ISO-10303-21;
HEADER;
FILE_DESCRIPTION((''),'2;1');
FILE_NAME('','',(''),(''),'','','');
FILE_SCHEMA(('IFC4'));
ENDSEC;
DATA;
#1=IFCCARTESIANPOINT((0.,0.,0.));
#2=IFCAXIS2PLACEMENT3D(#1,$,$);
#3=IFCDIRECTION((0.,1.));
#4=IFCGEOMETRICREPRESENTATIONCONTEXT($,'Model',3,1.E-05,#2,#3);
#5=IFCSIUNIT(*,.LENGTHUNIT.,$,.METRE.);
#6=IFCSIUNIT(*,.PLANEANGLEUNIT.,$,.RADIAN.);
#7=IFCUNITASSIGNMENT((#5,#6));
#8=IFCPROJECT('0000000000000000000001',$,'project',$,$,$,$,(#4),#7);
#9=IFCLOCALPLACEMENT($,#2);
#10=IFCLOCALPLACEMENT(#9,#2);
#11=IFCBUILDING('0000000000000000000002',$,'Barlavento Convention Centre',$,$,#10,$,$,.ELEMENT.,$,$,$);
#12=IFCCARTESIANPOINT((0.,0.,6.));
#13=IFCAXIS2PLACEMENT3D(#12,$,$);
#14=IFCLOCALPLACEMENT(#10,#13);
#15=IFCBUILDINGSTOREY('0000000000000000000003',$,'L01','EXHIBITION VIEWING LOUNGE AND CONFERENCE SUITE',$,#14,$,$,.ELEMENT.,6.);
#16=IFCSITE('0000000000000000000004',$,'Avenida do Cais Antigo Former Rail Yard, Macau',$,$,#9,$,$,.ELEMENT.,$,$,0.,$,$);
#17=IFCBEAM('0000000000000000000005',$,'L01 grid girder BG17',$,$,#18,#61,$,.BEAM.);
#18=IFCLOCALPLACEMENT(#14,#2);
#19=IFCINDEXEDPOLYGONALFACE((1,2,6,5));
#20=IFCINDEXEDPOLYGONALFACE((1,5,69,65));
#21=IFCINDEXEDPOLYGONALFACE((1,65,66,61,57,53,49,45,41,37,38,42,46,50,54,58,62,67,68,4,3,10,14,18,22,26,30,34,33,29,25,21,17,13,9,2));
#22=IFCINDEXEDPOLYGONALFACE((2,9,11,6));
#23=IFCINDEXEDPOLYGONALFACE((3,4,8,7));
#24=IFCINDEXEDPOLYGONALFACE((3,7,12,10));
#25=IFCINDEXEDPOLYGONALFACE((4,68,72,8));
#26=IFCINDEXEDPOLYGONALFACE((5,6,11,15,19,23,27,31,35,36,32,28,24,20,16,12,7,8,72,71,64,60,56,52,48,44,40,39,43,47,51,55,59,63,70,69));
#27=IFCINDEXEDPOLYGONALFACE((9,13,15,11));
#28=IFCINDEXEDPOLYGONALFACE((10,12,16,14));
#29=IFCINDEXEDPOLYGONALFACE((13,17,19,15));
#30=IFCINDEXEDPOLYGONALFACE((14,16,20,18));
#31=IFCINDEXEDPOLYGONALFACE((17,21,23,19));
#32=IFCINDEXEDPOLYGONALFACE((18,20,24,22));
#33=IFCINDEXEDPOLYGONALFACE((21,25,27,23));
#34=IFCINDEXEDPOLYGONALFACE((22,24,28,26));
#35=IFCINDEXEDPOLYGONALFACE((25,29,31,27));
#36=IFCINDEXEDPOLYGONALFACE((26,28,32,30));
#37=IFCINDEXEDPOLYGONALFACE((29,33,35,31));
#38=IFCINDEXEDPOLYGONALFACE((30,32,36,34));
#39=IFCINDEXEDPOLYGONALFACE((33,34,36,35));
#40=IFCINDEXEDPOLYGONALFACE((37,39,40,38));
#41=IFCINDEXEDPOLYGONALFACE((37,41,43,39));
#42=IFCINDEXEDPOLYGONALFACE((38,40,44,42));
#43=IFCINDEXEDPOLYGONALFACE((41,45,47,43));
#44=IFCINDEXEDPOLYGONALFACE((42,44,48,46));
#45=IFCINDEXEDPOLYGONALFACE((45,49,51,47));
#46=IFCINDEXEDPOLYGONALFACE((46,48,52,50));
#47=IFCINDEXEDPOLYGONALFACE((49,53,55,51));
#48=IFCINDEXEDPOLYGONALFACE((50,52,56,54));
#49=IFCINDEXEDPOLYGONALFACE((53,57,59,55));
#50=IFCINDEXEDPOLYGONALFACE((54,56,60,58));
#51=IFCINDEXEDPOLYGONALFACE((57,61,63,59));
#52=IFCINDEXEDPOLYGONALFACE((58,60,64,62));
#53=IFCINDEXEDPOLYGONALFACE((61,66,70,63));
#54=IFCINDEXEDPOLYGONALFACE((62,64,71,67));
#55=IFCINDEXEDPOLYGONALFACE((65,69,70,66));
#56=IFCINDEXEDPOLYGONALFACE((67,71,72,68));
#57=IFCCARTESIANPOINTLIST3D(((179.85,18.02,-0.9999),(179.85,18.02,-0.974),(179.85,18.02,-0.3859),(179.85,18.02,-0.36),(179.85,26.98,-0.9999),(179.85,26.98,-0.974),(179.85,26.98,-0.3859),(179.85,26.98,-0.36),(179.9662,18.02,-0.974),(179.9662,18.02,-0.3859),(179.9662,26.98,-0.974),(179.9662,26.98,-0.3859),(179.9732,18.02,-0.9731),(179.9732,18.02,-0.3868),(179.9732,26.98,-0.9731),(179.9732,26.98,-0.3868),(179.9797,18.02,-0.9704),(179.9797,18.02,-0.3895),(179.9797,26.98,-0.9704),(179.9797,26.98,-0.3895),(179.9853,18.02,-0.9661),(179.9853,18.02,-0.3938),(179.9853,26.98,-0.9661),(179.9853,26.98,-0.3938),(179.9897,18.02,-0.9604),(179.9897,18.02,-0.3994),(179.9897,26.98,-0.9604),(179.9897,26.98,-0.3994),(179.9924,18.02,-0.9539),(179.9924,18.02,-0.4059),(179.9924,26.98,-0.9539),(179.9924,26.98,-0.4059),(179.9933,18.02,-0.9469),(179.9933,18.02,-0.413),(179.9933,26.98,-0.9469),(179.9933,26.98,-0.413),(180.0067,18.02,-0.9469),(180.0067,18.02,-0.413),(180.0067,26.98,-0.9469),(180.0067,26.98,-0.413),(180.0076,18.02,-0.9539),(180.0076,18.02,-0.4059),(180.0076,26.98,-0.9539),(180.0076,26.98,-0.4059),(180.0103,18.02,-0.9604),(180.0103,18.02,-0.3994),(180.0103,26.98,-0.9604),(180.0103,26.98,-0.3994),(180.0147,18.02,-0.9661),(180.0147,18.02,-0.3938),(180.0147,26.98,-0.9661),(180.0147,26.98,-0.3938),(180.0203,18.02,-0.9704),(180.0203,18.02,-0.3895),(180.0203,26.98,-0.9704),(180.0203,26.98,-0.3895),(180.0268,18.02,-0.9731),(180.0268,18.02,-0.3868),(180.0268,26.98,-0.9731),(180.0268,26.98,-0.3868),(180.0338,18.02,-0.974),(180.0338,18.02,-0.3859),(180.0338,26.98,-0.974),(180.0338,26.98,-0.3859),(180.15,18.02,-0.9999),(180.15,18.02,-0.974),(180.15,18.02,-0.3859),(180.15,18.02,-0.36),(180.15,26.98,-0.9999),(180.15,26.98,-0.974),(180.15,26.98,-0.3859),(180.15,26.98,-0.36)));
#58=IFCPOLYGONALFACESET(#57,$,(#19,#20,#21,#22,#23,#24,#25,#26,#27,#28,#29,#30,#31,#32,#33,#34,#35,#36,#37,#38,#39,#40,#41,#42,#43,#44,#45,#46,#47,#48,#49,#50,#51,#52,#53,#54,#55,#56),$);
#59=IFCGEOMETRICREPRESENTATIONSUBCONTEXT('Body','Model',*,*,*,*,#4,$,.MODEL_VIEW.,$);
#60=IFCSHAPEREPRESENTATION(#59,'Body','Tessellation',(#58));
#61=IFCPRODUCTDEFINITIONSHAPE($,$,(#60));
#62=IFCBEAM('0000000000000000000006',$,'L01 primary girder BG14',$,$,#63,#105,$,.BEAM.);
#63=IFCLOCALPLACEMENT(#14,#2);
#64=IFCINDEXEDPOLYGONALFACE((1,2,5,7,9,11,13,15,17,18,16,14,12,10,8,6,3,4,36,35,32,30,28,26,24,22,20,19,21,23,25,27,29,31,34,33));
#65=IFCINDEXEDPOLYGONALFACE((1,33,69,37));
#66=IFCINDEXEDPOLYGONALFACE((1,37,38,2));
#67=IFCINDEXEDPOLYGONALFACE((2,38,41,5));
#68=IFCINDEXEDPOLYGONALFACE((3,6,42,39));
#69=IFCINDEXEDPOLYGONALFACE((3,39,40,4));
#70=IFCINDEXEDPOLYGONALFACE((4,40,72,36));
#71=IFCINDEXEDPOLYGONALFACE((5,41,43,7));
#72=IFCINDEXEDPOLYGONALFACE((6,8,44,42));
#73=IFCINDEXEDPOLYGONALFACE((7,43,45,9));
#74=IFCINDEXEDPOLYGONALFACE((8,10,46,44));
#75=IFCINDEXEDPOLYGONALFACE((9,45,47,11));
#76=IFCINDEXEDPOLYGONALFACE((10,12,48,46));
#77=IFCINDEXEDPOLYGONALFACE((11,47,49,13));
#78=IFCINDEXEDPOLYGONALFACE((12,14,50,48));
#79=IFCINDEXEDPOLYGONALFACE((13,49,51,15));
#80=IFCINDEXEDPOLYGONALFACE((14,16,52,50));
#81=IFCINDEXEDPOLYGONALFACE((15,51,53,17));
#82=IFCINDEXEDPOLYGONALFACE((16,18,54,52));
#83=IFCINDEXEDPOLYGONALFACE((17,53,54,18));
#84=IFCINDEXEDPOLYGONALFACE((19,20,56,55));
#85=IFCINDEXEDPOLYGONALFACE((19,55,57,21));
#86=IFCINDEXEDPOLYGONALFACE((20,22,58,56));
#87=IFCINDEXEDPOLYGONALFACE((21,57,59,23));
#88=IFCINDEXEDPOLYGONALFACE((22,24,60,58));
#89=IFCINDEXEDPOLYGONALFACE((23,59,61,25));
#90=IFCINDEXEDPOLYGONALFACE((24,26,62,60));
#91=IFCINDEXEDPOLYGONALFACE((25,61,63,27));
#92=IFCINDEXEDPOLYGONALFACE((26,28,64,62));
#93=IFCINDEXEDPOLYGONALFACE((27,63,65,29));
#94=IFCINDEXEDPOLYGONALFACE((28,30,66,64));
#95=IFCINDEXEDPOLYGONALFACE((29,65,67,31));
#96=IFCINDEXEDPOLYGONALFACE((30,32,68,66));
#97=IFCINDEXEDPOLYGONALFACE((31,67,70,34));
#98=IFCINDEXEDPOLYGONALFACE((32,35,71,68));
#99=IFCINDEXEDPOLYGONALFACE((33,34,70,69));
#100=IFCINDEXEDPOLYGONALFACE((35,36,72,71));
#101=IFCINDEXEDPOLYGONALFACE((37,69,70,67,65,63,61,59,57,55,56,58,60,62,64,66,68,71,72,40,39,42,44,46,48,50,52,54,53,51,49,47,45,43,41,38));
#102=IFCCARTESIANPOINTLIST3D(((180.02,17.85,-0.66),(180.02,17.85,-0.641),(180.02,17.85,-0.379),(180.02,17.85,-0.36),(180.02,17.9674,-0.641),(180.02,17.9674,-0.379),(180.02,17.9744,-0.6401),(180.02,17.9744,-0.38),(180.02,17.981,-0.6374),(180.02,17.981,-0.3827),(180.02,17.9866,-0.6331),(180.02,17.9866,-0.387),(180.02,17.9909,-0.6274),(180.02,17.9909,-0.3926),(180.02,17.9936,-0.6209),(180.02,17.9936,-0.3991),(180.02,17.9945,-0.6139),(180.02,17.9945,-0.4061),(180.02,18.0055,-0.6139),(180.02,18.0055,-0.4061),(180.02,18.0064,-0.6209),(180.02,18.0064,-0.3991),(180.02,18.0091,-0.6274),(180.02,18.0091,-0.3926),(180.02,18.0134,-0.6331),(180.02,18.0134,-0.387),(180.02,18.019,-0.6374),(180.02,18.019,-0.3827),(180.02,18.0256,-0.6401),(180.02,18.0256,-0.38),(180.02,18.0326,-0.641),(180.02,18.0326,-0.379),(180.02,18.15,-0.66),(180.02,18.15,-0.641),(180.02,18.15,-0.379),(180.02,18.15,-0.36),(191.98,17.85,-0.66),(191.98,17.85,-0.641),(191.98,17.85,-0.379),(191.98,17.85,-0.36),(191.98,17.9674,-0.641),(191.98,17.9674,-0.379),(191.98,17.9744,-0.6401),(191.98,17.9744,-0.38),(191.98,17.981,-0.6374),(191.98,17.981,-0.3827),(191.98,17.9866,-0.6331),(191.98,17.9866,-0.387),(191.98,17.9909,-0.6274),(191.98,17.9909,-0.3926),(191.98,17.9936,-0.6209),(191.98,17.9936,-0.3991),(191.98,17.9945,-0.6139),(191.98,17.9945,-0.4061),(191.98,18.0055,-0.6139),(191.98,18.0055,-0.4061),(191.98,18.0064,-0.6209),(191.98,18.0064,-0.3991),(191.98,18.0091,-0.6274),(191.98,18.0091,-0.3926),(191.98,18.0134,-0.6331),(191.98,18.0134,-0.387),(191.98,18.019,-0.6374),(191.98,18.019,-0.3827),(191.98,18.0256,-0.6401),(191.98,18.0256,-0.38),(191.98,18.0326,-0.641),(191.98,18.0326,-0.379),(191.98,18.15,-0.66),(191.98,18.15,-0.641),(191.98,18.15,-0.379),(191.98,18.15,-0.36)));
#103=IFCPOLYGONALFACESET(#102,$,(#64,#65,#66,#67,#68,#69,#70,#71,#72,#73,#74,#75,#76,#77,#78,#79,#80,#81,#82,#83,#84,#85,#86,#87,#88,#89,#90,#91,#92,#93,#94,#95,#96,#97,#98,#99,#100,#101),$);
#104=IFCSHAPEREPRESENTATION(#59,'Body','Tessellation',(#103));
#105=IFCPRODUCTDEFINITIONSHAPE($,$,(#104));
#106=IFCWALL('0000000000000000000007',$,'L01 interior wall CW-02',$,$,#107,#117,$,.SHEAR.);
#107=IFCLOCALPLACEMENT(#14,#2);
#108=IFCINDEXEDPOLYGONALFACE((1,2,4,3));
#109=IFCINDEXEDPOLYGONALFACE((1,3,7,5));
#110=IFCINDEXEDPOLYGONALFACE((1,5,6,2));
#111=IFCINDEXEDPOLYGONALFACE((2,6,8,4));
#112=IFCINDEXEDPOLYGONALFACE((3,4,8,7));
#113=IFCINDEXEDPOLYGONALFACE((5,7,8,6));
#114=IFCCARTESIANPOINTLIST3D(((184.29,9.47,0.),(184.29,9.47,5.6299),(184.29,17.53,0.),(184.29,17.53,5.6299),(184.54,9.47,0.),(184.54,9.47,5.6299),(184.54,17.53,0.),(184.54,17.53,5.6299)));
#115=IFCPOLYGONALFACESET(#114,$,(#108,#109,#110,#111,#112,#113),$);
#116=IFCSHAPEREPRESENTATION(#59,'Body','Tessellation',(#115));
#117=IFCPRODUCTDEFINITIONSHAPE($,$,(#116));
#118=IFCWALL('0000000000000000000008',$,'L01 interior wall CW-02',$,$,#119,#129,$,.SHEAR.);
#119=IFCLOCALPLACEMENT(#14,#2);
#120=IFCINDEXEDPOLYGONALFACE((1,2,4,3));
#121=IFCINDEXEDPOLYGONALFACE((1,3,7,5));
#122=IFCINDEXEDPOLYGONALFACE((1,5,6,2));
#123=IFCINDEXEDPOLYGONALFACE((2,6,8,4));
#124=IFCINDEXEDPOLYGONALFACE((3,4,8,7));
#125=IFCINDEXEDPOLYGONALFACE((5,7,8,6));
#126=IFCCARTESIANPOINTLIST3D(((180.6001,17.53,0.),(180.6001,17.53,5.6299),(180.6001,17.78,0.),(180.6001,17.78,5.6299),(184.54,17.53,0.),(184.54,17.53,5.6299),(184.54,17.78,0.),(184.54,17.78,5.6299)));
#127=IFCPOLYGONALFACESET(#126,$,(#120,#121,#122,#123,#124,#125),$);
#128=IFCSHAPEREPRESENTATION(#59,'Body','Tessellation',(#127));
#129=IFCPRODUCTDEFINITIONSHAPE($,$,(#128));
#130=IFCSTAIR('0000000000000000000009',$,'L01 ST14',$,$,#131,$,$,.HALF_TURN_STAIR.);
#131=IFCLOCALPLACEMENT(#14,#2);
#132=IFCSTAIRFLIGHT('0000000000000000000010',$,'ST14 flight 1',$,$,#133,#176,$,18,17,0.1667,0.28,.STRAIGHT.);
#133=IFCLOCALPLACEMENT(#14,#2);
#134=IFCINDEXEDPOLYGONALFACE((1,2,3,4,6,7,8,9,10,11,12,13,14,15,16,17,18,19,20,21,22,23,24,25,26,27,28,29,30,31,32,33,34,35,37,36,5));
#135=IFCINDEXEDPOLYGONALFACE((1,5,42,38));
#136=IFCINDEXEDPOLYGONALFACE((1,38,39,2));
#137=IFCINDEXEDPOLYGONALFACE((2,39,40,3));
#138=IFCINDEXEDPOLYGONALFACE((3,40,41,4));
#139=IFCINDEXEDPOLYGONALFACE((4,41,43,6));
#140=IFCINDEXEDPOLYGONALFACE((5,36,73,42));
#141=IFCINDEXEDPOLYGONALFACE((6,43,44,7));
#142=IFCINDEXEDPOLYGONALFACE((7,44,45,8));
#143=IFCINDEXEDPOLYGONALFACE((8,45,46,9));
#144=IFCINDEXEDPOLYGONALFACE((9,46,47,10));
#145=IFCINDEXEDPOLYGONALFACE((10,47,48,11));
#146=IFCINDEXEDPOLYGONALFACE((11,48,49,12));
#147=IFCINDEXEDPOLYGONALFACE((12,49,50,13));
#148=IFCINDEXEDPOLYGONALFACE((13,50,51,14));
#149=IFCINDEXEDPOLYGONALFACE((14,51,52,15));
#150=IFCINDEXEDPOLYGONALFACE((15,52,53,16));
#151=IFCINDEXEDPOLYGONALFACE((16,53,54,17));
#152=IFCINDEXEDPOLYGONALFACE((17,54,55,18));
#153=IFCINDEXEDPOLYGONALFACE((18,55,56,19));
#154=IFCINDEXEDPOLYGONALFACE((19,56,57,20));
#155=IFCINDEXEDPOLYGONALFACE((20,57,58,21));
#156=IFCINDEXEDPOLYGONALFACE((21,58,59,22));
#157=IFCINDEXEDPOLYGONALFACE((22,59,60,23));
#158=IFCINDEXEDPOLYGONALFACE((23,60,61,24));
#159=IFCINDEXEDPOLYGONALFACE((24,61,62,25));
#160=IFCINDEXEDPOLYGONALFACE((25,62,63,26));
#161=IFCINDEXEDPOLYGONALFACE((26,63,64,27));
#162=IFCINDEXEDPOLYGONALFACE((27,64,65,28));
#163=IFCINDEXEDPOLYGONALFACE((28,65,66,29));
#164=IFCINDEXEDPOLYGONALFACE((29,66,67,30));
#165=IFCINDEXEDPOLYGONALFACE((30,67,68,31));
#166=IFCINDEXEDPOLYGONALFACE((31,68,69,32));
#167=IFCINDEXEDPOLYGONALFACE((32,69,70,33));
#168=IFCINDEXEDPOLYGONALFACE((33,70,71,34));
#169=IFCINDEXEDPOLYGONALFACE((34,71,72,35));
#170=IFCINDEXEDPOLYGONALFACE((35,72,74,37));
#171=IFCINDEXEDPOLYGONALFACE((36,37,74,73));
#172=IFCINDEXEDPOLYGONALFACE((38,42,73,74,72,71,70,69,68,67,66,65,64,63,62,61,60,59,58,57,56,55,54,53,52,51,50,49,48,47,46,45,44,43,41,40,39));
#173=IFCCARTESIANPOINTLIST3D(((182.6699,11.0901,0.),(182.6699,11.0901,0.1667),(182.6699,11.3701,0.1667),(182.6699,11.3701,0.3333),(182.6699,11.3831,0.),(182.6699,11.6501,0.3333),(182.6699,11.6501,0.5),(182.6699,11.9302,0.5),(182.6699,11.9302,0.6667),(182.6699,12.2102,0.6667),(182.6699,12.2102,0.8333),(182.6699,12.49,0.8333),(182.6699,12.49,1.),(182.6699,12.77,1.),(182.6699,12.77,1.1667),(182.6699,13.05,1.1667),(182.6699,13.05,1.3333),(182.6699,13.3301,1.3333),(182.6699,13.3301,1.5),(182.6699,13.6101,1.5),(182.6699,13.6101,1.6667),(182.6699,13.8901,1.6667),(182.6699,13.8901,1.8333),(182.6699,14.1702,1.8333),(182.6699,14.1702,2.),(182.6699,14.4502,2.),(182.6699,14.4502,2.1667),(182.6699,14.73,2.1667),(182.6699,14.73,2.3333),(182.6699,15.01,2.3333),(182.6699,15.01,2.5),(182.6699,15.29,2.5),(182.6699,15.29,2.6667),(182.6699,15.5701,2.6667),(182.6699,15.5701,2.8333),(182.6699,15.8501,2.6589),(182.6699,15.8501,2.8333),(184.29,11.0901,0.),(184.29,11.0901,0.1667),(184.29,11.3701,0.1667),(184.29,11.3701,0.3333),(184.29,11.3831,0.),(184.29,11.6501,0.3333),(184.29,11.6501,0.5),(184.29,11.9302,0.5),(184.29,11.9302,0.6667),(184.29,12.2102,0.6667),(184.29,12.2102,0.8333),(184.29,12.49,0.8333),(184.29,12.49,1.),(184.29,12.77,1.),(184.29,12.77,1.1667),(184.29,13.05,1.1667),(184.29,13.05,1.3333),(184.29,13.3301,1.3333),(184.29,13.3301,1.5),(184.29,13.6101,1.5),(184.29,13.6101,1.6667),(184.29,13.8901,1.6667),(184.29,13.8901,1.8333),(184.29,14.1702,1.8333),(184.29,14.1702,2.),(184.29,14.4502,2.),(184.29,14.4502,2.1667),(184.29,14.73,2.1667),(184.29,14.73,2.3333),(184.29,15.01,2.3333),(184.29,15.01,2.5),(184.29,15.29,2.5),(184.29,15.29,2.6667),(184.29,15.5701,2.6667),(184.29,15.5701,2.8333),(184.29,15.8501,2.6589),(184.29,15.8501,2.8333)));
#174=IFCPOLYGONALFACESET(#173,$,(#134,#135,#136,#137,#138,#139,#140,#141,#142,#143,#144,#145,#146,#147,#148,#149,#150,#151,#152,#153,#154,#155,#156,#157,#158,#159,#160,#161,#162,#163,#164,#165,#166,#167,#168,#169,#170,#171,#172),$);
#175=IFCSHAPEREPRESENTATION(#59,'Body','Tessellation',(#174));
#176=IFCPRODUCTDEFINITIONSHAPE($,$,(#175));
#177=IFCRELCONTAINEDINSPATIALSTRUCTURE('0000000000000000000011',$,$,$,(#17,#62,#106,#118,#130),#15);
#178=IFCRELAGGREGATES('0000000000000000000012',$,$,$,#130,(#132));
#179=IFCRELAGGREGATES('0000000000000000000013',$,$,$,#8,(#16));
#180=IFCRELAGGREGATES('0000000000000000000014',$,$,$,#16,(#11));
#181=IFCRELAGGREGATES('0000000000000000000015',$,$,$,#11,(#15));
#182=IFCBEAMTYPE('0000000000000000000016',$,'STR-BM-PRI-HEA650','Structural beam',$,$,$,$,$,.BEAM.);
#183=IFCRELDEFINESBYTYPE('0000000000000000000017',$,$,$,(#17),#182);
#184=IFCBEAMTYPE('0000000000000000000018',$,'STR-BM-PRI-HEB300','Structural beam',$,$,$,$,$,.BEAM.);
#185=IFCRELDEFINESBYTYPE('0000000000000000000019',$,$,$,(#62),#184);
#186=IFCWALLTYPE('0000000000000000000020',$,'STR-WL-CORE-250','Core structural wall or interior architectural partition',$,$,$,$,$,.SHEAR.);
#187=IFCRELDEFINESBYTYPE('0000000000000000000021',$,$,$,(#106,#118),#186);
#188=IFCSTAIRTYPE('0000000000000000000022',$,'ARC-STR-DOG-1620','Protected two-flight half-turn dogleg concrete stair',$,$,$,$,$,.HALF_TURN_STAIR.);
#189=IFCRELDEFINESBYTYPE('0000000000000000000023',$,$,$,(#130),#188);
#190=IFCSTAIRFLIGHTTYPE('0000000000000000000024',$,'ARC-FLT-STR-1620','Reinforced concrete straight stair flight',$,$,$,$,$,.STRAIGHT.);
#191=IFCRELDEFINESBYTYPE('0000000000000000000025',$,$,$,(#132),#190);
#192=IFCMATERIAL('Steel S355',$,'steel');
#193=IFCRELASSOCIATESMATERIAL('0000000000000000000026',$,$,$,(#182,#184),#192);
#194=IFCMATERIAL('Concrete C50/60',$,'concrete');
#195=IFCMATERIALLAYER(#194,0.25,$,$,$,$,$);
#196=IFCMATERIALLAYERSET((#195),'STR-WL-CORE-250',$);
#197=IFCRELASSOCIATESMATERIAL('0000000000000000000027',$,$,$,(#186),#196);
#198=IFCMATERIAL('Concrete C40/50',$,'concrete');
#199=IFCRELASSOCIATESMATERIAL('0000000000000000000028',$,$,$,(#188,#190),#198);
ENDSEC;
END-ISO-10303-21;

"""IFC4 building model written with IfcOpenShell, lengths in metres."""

from ifc_helpers import new_model, si_unit, direction, frame, frame_2d, origin, origin_2d, place, context, subcontext, project, spatial, polyline, rectangle, i_section, outline, extrude, material, layer, layer_set, material_profile, profile_set, type_object, element, aggregate, save


model = new_model("IFC4")

# Units and contexts
model_context = context("Model", 3, precision=1e-05, world=origin(), true_north=direction((0.0, 1.0)))
body_context = subcontext(model_context, "Body", "Model", "MODEL_VIEW")
ifc_project = project(units=[si_unit("LENGTHUNIT", "METRE"), si_unit("PLANEANGLEUNIT", "RADIAN")], contexts=[model_context])

# Site, building, storey
site_placement = place(None, origin())
site = spatial("IfcSite", under=ifc_project, at=site_placement, Name="Avenida do Cais Antigo Former Rail Yard, Macau", CompositionType="ELEMENT", RefElevation=0.0)
building_placement = place(site_placement, origin())
building = spatial("IfcBuilding", under=site, at=building_placement, Name="Barlavento Convention Centre", CompositionType="ELEMENT")
storey_placement = place(building_placement, frame((0.0, 0.0, 6.0)))
storey = spatial("IfcBuildingStorey", under=building, at=storey_placement, Name="L01", Description="EXHIBITION VIEWING LOUNGE AND CONFERENCE SUITE", CompositionType="ELEMENT", Elevation=6.0)

# Beams
ifc_material_1 = material(Name="Steel S355", Category="steel")
ifc_material_profile_1 = material_profile(ifc_material_1, i_section(OverallWidth=0.3, OverallDepth=0.6399, WebThickness=0.0134, FlangeThickness=0.0259, FilletRadius=0.0271, at=origin_2d()), Name="HEA 650")
ifc_profile_set_1 = profile_set([ifc_material_profile_1], Name="Steel S355")
beam_type_1 = type_object("IfcBeamType", Name="STR-BM-PRI-HEA650", Description="Structural beam", PredefinedType="BEAM", material=ifc_profile_set_1)
beam_1_placement = place(storey_placement, frame((180.0, 18.02, -0.6799), z_axis=(0.0, 1.0, 0.0), x_axis=(-1.0, 0.0, 0.0)))
element("IfcBeam", 1, at=beam_1_placement, inside=storey, type_object=beam_type_1, Name="L01 grid girder BG17", PredefinedType="BEAM", context=body_context, shape_type="SweptSolid", body=[
    extrude(i_section(OverallWidth=0.3, OverallDepth=0.6399, WebThickness=0.0134, FlangeThickness=0.0259, FilletRadius=0.0271, at=origin_2d()), origin(), (0.0, 0.0, 1.0), 8.96),
])
ifc_material_profile_2 = material_profile(ifc_material_1, i_section(OverallWidth=0.3, OverallDepth=0.3, WebThickness=0.011, FlangeThickness=0.019, FilletRadius=0.0271, at=origin_2d()), Name="HEB 300")
ifc_profile_set_2 = profile_set([ifc_material_profile_2], Name="Steel S355")
beam_type_2 = type_object("IfcBeamType", Name="STR-BM-PRI-HEB300", Description="Structural beam", PredefinedType="BEAM", material=ifc_profile_set_2)
beam_2_placement = place(storey_placement, frame((180.02, 18.0, -0.51), z_axis=(1.0, 0.0, 0.0), x_axis=(0.0, 1.0, 0.0)))
element("IfcBeam", 2, at=beam_2_placement, inside=storey, type_object=beam_type_2, Name="L01 primary girder BG14", PredefinedType="BEAM", context=body_context, shape_type="SweptSolid", body=[
    extrude(i_section(OverallWidth=0.3, OverallDepth=0.3, WebThickness=0.011, FlangeThickness=0.019, FilletRadius=0.0271, at=origin_2d()), origin(), (0.0, 0.0, 1.0), 11.96),
])

# Walls
ifc_material_2 = material(Name="Concrete C50/60", Category="concrete")
ifc_layer = layer(ifc_material_2, 0.25)
ifc_layer_set = layer_set([ifc_layer], Name="STR-WL-CORE-250")
wall_type = type_object("IfcWallType", Name="STR-WL-CORE-250", Description="Core structural wall or interior architectural partition", PredefinedType="SHEAR", material=ifc_layer_set)
wall_1_placement = place(storey_placement, frame((184.415, 9.47, 0.0), z_axis=(0.0, 0.0, 1.0), x_axis=(0.0, 1.0, 0.0)))
element("IfcWall", 3, at=wall_1_placement, inside=storey, type_object=wall_type, Name="L01 interior wall CW-02", PredefinedType="SHEAR", context=body_context, shape_type="SweptSolid", body=[
    extrude(rectangle(XDim=8.0601, YDim=0.25, at=frame_2d((4.03, 0.0))), origin(), (0.0, 0.0, 1.0), 5.6299),
])
wall_2_placement = place(storey_placement, frame((180.6001, 17.655, 0.0), z_axis=(0.0, 0.0, 1.0), x_axis=(1.0, 0.0, 0.0)))
element("IfcWall", 4, at=wall_2_placement, inside=storey, type_object=wall_type, Name="L01 interior wall CW-02", PredefinedType="SHEAR", context=body_context, shape_type="SweptSolid", body=[
    extrude(rectangle(XDim=3.9399, YDim=0.25, at=frame_2d((1.97, 0.0))), origin(), (0.0, 0.0, 1.0), 5.6299),
])

# Stair, stair flight
ifc_material_3 = material(Name="Concrete C40/50", Category="concrete")
stair_type = type_object("IfcStairType", Name="ARC-STR-DOG-1620", Description="Protected two-flight half-turn dogleg concrete stair", PredefinedType="HALF_TURN_STAIR", material=ifc_material_3)
stair_placement = place(storey_placement, origin())
stair = element("IfcStair", 5, at=stair_placement, inside=storey, type_object=stair_type, Name="L01 ST14", PredefinedType="HALF_TURN_STAIR")
stair_flight_type = type_object("IfcStairFlightType", Name="ARC-FLT-STR-1620", Description="Reinforced concrete straight stair flight", PredefinedType="STRAIGHT", material=ifc_material_3)
stair_flight_1_placement = place(storey_placement, frame((183.48, 11.0901, 0.0), z_axis=(0.0, 0.0, 1.0), x_axis=(0.0, 1.0, 0.0)))
stair_flight_1 = element("IfcStairFlight", 6, at=stair_flight_1_placement, type_object=stair_flight_type, Name="ST14 flight 1", NumberOfRisers=18, NumberOfTreads=17, PredefinedType="STRAIGHT", RiserHeight=0.1667, TreadLength=0.28, context=body_context, shape_type="SweptSolid", body=[
    extrude(outline(polyline([(0.0, 0.0), (0.0, 0.1667), (0.28, 0.1667), (0.28, 0.3333), (0.5601, 0.3333), (0.5601, 0.5), (0.8401, 0.5), (0.8401, 0.6667), (1.1201, 0.6667), (1.1201, 0.8333), (1.3999, 0.8333), (1.3999, 1.0), (1.6799, 1.0), (1.6799, 1.1667), (1.96, 1.1667), (1.96, 1.3333), (2.24, 1.3333), (2.24, 1.5), (2.52, 1.5), (2.52, 1.6667), (2.8, 1.6667), (2.8, 1.8333), (3.0801, 1.8333), (3.0801, 2.0), (3.3601, 2.0), (3.3601, 2.1667), (3.6399, 2.1667), (3.6399, 2.3333), (3.9199, 2.3333), (3.9199, 2.5), (4.2, 2.5), (4.2, 2.6667), (4.48, 2.6667), (4.48, 2.8333), (4.76, 2.8333), (4.76, 3.0), (4.76, 2.6589), (0.293, 0.0), (0.0, 0.0)])), frame((0.0, 0.8101, 0.0), z_axis=(0.0, -1.0, 0.0), x_axis=(1.0, 0.0, 0.0)), (0.0, 0.0, 1.0), 1.6201),
])
aggregate(stair, [stair_flight_1])

save(model, "model.ifc")
